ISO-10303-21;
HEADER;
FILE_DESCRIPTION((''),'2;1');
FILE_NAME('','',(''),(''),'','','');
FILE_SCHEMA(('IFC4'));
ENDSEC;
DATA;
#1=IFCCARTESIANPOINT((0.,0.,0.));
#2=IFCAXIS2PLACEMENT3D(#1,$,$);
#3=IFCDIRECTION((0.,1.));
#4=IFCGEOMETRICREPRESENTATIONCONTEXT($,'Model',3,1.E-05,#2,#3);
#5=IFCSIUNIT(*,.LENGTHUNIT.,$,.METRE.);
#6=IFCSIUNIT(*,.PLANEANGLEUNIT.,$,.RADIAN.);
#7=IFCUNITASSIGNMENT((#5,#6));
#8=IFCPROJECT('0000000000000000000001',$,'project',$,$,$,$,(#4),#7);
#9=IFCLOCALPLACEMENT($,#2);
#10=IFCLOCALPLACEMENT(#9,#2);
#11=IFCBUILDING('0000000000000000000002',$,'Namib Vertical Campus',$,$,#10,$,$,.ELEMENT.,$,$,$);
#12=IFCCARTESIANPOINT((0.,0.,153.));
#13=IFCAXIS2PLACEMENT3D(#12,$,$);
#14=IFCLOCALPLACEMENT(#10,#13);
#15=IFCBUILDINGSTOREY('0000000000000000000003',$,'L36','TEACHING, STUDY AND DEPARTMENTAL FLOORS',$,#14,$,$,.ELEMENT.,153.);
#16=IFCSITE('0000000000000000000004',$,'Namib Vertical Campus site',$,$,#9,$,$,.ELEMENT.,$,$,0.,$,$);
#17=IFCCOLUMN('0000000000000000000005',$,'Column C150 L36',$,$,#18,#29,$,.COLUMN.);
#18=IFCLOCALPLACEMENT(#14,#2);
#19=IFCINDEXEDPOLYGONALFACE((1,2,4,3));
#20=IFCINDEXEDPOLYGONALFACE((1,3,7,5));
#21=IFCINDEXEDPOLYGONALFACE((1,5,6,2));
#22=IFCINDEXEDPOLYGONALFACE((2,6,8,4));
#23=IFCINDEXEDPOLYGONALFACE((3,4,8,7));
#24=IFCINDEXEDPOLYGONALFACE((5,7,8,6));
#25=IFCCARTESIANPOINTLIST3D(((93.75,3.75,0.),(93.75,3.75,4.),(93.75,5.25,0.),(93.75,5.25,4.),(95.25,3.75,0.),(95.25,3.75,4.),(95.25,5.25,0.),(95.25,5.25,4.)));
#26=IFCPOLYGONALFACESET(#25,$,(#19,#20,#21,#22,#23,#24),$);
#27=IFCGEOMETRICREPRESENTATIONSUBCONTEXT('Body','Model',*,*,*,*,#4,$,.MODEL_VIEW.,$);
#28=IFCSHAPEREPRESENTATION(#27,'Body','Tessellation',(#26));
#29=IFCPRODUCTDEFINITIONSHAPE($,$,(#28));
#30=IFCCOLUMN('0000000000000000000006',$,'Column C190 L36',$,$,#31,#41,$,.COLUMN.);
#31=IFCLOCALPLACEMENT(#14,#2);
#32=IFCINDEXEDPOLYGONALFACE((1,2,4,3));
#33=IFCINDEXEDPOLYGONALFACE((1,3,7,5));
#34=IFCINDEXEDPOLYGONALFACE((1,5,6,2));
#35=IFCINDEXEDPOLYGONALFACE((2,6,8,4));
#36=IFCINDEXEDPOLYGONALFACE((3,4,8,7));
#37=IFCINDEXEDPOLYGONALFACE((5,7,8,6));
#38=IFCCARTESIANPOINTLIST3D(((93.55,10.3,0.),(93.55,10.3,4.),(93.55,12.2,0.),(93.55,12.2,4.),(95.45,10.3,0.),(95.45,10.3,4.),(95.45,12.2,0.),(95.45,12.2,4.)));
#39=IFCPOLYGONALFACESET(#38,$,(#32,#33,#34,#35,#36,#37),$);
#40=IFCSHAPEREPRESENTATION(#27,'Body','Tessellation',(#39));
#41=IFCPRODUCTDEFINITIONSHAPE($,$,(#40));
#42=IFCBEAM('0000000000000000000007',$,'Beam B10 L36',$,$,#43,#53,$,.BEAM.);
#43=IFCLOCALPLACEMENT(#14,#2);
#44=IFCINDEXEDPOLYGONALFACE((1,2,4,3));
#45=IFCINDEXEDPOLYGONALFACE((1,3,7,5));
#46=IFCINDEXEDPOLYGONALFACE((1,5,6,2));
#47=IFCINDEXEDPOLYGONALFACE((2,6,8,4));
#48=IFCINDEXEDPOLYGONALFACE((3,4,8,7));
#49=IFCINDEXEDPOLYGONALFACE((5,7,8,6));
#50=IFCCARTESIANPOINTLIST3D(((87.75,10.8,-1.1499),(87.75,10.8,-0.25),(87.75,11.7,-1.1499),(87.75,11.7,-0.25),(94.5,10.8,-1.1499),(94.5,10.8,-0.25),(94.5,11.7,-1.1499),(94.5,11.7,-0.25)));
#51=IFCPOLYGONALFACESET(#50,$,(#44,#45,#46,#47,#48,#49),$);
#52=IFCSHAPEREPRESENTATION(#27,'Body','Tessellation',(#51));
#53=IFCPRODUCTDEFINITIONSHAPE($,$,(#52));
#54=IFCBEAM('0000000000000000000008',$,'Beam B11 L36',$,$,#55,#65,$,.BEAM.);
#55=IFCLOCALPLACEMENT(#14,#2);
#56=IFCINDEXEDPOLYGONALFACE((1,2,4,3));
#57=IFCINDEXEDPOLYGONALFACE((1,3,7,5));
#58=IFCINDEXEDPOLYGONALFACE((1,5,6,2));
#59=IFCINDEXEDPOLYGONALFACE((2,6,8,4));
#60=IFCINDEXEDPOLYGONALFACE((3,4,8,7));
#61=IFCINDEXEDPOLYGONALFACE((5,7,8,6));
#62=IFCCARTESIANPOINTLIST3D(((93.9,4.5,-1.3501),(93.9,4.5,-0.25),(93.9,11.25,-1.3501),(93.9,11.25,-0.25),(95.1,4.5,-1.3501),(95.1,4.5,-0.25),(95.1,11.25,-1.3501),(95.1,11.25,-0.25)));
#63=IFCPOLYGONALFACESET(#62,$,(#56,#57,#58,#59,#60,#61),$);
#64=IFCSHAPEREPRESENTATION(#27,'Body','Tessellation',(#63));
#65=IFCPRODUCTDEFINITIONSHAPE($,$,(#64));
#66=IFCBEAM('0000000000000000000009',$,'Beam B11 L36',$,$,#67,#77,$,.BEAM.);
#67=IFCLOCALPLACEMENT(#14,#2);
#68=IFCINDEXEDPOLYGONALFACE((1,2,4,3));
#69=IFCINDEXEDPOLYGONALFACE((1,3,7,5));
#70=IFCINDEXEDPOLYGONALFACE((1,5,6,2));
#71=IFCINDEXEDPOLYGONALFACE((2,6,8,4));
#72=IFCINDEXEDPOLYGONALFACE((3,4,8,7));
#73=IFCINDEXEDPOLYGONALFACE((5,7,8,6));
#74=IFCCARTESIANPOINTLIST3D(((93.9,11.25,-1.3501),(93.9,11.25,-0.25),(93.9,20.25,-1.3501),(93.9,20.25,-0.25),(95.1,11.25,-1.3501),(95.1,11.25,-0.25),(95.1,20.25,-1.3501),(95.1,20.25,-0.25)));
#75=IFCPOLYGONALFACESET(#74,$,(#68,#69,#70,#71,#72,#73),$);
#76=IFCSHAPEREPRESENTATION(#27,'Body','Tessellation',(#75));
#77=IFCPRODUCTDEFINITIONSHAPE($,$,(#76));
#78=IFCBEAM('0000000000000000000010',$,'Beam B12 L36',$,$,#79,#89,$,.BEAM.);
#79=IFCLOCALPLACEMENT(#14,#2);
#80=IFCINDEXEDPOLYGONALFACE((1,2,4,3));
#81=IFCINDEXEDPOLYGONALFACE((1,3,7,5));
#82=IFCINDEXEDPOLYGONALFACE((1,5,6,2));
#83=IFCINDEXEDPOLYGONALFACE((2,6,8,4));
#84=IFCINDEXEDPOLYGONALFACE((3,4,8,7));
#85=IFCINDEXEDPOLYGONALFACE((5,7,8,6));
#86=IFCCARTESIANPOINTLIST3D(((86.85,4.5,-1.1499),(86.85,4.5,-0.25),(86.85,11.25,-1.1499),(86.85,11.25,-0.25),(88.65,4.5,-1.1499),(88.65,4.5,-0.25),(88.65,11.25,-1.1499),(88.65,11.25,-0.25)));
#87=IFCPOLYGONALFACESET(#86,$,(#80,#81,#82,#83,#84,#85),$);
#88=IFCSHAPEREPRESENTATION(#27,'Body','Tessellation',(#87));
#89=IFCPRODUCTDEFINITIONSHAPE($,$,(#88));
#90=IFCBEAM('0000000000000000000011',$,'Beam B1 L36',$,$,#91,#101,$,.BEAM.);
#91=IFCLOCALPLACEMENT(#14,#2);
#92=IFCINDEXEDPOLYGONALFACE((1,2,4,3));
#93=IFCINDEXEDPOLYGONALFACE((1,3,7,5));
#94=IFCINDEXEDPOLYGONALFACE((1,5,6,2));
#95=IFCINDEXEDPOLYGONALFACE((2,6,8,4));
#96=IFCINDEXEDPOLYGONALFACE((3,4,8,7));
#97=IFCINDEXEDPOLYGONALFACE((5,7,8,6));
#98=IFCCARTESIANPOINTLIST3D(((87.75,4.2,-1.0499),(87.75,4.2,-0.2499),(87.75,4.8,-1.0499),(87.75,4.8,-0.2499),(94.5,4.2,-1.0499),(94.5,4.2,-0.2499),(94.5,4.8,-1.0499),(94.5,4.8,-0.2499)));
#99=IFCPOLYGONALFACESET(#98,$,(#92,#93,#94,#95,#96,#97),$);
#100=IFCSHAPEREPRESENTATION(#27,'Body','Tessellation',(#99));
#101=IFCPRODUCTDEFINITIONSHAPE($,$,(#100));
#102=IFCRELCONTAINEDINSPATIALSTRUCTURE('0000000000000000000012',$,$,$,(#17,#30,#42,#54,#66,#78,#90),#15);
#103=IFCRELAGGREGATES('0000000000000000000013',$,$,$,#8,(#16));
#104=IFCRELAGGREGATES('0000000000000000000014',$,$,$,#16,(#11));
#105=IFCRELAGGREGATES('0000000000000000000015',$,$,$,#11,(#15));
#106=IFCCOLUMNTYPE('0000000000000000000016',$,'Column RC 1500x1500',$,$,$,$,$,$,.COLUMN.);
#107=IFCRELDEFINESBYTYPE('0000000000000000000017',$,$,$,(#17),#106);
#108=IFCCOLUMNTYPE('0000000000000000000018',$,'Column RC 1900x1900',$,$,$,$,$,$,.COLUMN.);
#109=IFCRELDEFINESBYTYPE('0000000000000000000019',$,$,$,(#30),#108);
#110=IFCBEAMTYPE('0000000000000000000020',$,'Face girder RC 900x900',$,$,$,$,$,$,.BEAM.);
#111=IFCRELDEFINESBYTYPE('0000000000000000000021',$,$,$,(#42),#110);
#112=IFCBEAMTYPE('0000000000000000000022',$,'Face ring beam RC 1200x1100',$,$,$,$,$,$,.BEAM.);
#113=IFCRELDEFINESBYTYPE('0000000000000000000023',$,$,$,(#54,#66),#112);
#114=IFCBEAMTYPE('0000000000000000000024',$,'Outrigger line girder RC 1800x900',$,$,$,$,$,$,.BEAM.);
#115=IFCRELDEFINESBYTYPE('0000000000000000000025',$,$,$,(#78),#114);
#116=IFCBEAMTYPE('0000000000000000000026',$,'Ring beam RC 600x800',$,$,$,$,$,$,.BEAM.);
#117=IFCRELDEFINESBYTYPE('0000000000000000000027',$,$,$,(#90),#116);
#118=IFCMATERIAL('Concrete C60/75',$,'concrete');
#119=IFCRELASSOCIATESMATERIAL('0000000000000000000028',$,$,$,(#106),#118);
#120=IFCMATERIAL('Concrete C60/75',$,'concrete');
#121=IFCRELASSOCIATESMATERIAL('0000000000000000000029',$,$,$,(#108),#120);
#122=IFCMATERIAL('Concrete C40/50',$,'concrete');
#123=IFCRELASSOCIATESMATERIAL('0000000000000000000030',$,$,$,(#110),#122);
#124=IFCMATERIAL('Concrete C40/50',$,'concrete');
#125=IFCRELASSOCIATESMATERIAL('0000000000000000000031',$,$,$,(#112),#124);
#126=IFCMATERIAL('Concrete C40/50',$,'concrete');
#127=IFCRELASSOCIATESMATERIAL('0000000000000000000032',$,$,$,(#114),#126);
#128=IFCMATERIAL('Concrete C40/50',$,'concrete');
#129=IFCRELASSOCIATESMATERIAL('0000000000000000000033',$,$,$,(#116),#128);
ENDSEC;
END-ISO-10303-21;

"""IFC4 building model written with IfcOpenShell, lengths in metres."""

from ifc_helpers import new_model, si_unit, direction, frame, origin, origin_2d, place, context, subcontext, project, spatial, rectangle, extrude, material, material_profile, profile_set, type_object, element, save


model = new_model("IFC4")

# Units and contexts
model_context = context("Model", 3, precision=1e-05, world=origin(), true_north=direction((0.0, 1.0)))
body_context = subcontext(model_context, "Body", "Model", "MODEL_VIEW")
ifc_project = project(units=[si_unit("LENGTHUNIT", "METRE"), si_unit("PLANEANGLEUNIT", "RADIAN")], contexts=[model_context])

# Site, building, storey
site_placement = place(None, origin())
site = spatial("IfcSite", under=ifc_project, at=site_placement, Name="Namib Vertical Campus site", CompositionType="ELEMENT", RefElevation=0.0)
building_placement = place(site_placement, origin())
building = spatial("IfcBuilding", under=site, at=building_placement, Name="Namib Vertical Campus", CompositionType="ELEMENT")
storey_placement = place(building_placement, frame((0.0, 0.0, 153.0)))
storey = spatial("IfcBuildingStorey", under=building, at=storey_placement, Name="L36", Description="TEACHING, STUDY AND DEPARTMENTAL FLOORS", CompositionType="ELEMENT", Elevation=153.0)

# Columns
ifc_material_1 = material(Name="Concrete C60/75", Category="concrete")
ifc_material_profile_1 = material_profile(ifc_material_1, rectangle(XDim=1.5, YDim=1.5, at=origin_2d()))
ifc_profile_set_1 = profile_set([ifc_material_profile_1], Name="Concrete C60/75")
column_type_1 = type_object("IfcColumnType", Name="Column RC 1500x1500", PredefinedType="COLUMN", material=ifc_profile_set_1)
column_1_placement = place(storey_placement, frame((94.5, 4.5, 0.0), z_axis=(0.0, 0.0, 1.0), x_axis=(1.0, 0.0, 0.0)))
element("IfcColumn", 1, at=column_1_placement, inside=storey, type_object=column_type_1, Name="Column C150 L36", PredefinedType="COLUMN", context=body_context, shape_type="SweptSolid", body=[
    extrude(rectangle(XDim=1.5, YDim=1.5, at=origin_2d()), origin(), (0.0, 0.0, 1.0), 4.0),
])
ifc_material_2 = material(Name="Concrete C60/75", Category="concrete")
ifc_material_profile_2 = material_profile(ifc_material_2, rectangle(XDim=1.8999, YDim=1.8999, at=origin_2d()))
ifc_profile_set_2 = profile_set([ifc_material_profile_2], Name="Concrete C60/75")
column_type_2 = type_object("IfcColumnType", Name="Column RC 1900x1900", PredefinedType="COLUMN", material=ifc_profile_set_2)
column_2_placement = place(storey_placement, frame((94.5, 11.25, 0.0), z_axis=(0.0, 0.0, 1.0), x_axis=(1.0, 0.0, 0.0)))
element("IfcColumn", 2, at=column_2_placement, inside=storey, type_object=column_type_2, Name="Column C190 L36", PredefinedType="COLUMN", context=body_context, shape_type="SweptSolid", body=[
    extrude(rectangle(XDim=1.8999, YDim=1.8999, at=origin_2d()), origin(), (0.0, 0.0, 1.0), 4.0),
])

# Beams
ifc_material_3 = material(Name="Concrete C40/50", Category="concrete")
ifc_material_profile_3 = material_profile(ifc_material_3, rectangle(XDim=0.8999, YDim=0.8999, at=origin_2d()))
ifc_profile_set_3 = profile_set([ifc_material_profile_3], Name="Concrete C40/50")
beam_type_1 = type_object("IfcBeamType", Name="Face girder RC 900x900", PredefinedType="BEAM", material=ifc_profile_set_3)
beam_1_placement = place(storey_placement, frame((94.5, 11.25, -0.7), z_axis=(-1.0, 0.0, 0.0), x_axis=(0.0, -1.0, 0.0)))
element("IfcBeam", 3, at=beam_1_placement, inside=storey, type_object=beam_type_1, Name="Beam B10 L36", PredefinedType="BEAM", context=body_context, shape_type="SweptSolid", body=[
    extrude(rectangle(XDim=0.8999, YDim=0.8999, at=origin_2d()), origin(), (0.0, 0.0, 1.0), 6.75),
])
ifc_material_4 = material(Name="Concrete C40/50", Category="concrete")
ifc_material_profile_4 = material_profile(ifc_material_4, rectangle(XDim=1.2, YDim=1.1001, at=origin_2d()))
ifc_profile_set_4 = profile_set([ifc_material_profile_4], Name="Concrete C40/50")
beam_type_2 = type_object("IfcBeamType", Name="Face ring beam RC 1200x1100", PredefinedType="BEAM", material=ifc_profile_set_4)
beam_2_placement = place(storey_placement, frame((94.5, 4.5, -0.8), z_axis=(0.0, 1.0, 0.0), x_axis=(-1.0, 0.0, 0.0)))
element("IfcBeam", 4, at=beam_2_placement, inside=storey, type_object=beam_type_2, Name="Beam B11 L36", PredefinedType="BEAM", context=body_context, shape_type="SweptSolid", body=[
    extrude(rectangle(XDim=1.2, YDim=1.1001, at=origin_2d()), origin(), (0.0, 0.0, 1.0), 6.75),
])
beam_3_placement = place(storey_placement, frame((94.5, 11.25, -0.8), z_axis=(0.0, 1.0, 0.0), x_axis=(-1.0, 0.0, 0.0)))
element("IfcBeam", 5, at=beam_3_placement, inside=storey, type_object=beam_type_2, Name="Beam B11 L36", PredefinedType="BEAM", context=body_context, shape_type="SweptSolid", body=[
    extrude(rectangle(XDim=1.2, YDim=1.1001, at=origin_2d()), origin(), (0.0, 0.0, 1.0), 9.0),
])
ifc_material_5 = material(Name="Concrete C40/50", Category="concrete")
ifc_material_profile_5 = material_profile(ifc_material_5, rectangle(XDim=1.8, YDim=0.8999, at=origin_2d()))
ifc_profile_set_5 = profile_set([ifc_material_profile_5], Name="Concrete C40/50")
beam_type_3 = type_object("IfcBeamType", Name="Outrigger line girder RC 1800x900", PredefinedType="BEAM", material=ifc_profile_set_5)
beam_4_placement = place(storey_placement, frame((87.75, 4.5, -0.7), z_axis=(0.0, 1.0, 0.0), x_axis=(-1.0, 0.0, 0.0)))
element("IfcBeam", 6, at=beam_4_placement, inside=storey, type_object=beam_type_3, Name="Beam B12 L36", PredefinedType="BEAM", context=body_context, shape_type="SweptSolid", body=[
    extrude(rectangle(XDim=1.8, YDim=0.8999, at=origin_2d()), origin(), (0.0, 0.0, 1.0), 6.75),
])
ifc_material_6 = material(Name="Concrete C40/50", Category="concrete")
ifc_material_profile_6 = material_profile(ifc_material_6, rectangle(XDim=0.6001, YDim=0.8, at=origin_2d()))
ifc_profile_set_6 = profile_set([ifc_material_profile_6], Name="Concrete C40/50")
beam_type_4 = type_object("IfcBeamType", Name="Ring beam RC 600x800", PredefinedType="BEAM", material=ifc_profile_set_6)
beam_5_placement = place(storey_placement, frame((87.75, 4.5, -0.6499), z_axis=(1.0, 0.0, 0.0), x_axis=(0.0, 1.0, 0.0)))
element("IfcBeam", 7, at=beam_5_placement, inside=storey, type_object=beam_type_4, Name="Beam B1 L36", PredefinedType="BEAM", context=body_context, shape_type="SweptSolid", body=[
    extrude(rectangle(XDim=0.6001, YDim=0.8, at=origin_2d()), origin(), (0.0, 0.0, 1.0), 6.75),
])

save(model, "model.ifc")
